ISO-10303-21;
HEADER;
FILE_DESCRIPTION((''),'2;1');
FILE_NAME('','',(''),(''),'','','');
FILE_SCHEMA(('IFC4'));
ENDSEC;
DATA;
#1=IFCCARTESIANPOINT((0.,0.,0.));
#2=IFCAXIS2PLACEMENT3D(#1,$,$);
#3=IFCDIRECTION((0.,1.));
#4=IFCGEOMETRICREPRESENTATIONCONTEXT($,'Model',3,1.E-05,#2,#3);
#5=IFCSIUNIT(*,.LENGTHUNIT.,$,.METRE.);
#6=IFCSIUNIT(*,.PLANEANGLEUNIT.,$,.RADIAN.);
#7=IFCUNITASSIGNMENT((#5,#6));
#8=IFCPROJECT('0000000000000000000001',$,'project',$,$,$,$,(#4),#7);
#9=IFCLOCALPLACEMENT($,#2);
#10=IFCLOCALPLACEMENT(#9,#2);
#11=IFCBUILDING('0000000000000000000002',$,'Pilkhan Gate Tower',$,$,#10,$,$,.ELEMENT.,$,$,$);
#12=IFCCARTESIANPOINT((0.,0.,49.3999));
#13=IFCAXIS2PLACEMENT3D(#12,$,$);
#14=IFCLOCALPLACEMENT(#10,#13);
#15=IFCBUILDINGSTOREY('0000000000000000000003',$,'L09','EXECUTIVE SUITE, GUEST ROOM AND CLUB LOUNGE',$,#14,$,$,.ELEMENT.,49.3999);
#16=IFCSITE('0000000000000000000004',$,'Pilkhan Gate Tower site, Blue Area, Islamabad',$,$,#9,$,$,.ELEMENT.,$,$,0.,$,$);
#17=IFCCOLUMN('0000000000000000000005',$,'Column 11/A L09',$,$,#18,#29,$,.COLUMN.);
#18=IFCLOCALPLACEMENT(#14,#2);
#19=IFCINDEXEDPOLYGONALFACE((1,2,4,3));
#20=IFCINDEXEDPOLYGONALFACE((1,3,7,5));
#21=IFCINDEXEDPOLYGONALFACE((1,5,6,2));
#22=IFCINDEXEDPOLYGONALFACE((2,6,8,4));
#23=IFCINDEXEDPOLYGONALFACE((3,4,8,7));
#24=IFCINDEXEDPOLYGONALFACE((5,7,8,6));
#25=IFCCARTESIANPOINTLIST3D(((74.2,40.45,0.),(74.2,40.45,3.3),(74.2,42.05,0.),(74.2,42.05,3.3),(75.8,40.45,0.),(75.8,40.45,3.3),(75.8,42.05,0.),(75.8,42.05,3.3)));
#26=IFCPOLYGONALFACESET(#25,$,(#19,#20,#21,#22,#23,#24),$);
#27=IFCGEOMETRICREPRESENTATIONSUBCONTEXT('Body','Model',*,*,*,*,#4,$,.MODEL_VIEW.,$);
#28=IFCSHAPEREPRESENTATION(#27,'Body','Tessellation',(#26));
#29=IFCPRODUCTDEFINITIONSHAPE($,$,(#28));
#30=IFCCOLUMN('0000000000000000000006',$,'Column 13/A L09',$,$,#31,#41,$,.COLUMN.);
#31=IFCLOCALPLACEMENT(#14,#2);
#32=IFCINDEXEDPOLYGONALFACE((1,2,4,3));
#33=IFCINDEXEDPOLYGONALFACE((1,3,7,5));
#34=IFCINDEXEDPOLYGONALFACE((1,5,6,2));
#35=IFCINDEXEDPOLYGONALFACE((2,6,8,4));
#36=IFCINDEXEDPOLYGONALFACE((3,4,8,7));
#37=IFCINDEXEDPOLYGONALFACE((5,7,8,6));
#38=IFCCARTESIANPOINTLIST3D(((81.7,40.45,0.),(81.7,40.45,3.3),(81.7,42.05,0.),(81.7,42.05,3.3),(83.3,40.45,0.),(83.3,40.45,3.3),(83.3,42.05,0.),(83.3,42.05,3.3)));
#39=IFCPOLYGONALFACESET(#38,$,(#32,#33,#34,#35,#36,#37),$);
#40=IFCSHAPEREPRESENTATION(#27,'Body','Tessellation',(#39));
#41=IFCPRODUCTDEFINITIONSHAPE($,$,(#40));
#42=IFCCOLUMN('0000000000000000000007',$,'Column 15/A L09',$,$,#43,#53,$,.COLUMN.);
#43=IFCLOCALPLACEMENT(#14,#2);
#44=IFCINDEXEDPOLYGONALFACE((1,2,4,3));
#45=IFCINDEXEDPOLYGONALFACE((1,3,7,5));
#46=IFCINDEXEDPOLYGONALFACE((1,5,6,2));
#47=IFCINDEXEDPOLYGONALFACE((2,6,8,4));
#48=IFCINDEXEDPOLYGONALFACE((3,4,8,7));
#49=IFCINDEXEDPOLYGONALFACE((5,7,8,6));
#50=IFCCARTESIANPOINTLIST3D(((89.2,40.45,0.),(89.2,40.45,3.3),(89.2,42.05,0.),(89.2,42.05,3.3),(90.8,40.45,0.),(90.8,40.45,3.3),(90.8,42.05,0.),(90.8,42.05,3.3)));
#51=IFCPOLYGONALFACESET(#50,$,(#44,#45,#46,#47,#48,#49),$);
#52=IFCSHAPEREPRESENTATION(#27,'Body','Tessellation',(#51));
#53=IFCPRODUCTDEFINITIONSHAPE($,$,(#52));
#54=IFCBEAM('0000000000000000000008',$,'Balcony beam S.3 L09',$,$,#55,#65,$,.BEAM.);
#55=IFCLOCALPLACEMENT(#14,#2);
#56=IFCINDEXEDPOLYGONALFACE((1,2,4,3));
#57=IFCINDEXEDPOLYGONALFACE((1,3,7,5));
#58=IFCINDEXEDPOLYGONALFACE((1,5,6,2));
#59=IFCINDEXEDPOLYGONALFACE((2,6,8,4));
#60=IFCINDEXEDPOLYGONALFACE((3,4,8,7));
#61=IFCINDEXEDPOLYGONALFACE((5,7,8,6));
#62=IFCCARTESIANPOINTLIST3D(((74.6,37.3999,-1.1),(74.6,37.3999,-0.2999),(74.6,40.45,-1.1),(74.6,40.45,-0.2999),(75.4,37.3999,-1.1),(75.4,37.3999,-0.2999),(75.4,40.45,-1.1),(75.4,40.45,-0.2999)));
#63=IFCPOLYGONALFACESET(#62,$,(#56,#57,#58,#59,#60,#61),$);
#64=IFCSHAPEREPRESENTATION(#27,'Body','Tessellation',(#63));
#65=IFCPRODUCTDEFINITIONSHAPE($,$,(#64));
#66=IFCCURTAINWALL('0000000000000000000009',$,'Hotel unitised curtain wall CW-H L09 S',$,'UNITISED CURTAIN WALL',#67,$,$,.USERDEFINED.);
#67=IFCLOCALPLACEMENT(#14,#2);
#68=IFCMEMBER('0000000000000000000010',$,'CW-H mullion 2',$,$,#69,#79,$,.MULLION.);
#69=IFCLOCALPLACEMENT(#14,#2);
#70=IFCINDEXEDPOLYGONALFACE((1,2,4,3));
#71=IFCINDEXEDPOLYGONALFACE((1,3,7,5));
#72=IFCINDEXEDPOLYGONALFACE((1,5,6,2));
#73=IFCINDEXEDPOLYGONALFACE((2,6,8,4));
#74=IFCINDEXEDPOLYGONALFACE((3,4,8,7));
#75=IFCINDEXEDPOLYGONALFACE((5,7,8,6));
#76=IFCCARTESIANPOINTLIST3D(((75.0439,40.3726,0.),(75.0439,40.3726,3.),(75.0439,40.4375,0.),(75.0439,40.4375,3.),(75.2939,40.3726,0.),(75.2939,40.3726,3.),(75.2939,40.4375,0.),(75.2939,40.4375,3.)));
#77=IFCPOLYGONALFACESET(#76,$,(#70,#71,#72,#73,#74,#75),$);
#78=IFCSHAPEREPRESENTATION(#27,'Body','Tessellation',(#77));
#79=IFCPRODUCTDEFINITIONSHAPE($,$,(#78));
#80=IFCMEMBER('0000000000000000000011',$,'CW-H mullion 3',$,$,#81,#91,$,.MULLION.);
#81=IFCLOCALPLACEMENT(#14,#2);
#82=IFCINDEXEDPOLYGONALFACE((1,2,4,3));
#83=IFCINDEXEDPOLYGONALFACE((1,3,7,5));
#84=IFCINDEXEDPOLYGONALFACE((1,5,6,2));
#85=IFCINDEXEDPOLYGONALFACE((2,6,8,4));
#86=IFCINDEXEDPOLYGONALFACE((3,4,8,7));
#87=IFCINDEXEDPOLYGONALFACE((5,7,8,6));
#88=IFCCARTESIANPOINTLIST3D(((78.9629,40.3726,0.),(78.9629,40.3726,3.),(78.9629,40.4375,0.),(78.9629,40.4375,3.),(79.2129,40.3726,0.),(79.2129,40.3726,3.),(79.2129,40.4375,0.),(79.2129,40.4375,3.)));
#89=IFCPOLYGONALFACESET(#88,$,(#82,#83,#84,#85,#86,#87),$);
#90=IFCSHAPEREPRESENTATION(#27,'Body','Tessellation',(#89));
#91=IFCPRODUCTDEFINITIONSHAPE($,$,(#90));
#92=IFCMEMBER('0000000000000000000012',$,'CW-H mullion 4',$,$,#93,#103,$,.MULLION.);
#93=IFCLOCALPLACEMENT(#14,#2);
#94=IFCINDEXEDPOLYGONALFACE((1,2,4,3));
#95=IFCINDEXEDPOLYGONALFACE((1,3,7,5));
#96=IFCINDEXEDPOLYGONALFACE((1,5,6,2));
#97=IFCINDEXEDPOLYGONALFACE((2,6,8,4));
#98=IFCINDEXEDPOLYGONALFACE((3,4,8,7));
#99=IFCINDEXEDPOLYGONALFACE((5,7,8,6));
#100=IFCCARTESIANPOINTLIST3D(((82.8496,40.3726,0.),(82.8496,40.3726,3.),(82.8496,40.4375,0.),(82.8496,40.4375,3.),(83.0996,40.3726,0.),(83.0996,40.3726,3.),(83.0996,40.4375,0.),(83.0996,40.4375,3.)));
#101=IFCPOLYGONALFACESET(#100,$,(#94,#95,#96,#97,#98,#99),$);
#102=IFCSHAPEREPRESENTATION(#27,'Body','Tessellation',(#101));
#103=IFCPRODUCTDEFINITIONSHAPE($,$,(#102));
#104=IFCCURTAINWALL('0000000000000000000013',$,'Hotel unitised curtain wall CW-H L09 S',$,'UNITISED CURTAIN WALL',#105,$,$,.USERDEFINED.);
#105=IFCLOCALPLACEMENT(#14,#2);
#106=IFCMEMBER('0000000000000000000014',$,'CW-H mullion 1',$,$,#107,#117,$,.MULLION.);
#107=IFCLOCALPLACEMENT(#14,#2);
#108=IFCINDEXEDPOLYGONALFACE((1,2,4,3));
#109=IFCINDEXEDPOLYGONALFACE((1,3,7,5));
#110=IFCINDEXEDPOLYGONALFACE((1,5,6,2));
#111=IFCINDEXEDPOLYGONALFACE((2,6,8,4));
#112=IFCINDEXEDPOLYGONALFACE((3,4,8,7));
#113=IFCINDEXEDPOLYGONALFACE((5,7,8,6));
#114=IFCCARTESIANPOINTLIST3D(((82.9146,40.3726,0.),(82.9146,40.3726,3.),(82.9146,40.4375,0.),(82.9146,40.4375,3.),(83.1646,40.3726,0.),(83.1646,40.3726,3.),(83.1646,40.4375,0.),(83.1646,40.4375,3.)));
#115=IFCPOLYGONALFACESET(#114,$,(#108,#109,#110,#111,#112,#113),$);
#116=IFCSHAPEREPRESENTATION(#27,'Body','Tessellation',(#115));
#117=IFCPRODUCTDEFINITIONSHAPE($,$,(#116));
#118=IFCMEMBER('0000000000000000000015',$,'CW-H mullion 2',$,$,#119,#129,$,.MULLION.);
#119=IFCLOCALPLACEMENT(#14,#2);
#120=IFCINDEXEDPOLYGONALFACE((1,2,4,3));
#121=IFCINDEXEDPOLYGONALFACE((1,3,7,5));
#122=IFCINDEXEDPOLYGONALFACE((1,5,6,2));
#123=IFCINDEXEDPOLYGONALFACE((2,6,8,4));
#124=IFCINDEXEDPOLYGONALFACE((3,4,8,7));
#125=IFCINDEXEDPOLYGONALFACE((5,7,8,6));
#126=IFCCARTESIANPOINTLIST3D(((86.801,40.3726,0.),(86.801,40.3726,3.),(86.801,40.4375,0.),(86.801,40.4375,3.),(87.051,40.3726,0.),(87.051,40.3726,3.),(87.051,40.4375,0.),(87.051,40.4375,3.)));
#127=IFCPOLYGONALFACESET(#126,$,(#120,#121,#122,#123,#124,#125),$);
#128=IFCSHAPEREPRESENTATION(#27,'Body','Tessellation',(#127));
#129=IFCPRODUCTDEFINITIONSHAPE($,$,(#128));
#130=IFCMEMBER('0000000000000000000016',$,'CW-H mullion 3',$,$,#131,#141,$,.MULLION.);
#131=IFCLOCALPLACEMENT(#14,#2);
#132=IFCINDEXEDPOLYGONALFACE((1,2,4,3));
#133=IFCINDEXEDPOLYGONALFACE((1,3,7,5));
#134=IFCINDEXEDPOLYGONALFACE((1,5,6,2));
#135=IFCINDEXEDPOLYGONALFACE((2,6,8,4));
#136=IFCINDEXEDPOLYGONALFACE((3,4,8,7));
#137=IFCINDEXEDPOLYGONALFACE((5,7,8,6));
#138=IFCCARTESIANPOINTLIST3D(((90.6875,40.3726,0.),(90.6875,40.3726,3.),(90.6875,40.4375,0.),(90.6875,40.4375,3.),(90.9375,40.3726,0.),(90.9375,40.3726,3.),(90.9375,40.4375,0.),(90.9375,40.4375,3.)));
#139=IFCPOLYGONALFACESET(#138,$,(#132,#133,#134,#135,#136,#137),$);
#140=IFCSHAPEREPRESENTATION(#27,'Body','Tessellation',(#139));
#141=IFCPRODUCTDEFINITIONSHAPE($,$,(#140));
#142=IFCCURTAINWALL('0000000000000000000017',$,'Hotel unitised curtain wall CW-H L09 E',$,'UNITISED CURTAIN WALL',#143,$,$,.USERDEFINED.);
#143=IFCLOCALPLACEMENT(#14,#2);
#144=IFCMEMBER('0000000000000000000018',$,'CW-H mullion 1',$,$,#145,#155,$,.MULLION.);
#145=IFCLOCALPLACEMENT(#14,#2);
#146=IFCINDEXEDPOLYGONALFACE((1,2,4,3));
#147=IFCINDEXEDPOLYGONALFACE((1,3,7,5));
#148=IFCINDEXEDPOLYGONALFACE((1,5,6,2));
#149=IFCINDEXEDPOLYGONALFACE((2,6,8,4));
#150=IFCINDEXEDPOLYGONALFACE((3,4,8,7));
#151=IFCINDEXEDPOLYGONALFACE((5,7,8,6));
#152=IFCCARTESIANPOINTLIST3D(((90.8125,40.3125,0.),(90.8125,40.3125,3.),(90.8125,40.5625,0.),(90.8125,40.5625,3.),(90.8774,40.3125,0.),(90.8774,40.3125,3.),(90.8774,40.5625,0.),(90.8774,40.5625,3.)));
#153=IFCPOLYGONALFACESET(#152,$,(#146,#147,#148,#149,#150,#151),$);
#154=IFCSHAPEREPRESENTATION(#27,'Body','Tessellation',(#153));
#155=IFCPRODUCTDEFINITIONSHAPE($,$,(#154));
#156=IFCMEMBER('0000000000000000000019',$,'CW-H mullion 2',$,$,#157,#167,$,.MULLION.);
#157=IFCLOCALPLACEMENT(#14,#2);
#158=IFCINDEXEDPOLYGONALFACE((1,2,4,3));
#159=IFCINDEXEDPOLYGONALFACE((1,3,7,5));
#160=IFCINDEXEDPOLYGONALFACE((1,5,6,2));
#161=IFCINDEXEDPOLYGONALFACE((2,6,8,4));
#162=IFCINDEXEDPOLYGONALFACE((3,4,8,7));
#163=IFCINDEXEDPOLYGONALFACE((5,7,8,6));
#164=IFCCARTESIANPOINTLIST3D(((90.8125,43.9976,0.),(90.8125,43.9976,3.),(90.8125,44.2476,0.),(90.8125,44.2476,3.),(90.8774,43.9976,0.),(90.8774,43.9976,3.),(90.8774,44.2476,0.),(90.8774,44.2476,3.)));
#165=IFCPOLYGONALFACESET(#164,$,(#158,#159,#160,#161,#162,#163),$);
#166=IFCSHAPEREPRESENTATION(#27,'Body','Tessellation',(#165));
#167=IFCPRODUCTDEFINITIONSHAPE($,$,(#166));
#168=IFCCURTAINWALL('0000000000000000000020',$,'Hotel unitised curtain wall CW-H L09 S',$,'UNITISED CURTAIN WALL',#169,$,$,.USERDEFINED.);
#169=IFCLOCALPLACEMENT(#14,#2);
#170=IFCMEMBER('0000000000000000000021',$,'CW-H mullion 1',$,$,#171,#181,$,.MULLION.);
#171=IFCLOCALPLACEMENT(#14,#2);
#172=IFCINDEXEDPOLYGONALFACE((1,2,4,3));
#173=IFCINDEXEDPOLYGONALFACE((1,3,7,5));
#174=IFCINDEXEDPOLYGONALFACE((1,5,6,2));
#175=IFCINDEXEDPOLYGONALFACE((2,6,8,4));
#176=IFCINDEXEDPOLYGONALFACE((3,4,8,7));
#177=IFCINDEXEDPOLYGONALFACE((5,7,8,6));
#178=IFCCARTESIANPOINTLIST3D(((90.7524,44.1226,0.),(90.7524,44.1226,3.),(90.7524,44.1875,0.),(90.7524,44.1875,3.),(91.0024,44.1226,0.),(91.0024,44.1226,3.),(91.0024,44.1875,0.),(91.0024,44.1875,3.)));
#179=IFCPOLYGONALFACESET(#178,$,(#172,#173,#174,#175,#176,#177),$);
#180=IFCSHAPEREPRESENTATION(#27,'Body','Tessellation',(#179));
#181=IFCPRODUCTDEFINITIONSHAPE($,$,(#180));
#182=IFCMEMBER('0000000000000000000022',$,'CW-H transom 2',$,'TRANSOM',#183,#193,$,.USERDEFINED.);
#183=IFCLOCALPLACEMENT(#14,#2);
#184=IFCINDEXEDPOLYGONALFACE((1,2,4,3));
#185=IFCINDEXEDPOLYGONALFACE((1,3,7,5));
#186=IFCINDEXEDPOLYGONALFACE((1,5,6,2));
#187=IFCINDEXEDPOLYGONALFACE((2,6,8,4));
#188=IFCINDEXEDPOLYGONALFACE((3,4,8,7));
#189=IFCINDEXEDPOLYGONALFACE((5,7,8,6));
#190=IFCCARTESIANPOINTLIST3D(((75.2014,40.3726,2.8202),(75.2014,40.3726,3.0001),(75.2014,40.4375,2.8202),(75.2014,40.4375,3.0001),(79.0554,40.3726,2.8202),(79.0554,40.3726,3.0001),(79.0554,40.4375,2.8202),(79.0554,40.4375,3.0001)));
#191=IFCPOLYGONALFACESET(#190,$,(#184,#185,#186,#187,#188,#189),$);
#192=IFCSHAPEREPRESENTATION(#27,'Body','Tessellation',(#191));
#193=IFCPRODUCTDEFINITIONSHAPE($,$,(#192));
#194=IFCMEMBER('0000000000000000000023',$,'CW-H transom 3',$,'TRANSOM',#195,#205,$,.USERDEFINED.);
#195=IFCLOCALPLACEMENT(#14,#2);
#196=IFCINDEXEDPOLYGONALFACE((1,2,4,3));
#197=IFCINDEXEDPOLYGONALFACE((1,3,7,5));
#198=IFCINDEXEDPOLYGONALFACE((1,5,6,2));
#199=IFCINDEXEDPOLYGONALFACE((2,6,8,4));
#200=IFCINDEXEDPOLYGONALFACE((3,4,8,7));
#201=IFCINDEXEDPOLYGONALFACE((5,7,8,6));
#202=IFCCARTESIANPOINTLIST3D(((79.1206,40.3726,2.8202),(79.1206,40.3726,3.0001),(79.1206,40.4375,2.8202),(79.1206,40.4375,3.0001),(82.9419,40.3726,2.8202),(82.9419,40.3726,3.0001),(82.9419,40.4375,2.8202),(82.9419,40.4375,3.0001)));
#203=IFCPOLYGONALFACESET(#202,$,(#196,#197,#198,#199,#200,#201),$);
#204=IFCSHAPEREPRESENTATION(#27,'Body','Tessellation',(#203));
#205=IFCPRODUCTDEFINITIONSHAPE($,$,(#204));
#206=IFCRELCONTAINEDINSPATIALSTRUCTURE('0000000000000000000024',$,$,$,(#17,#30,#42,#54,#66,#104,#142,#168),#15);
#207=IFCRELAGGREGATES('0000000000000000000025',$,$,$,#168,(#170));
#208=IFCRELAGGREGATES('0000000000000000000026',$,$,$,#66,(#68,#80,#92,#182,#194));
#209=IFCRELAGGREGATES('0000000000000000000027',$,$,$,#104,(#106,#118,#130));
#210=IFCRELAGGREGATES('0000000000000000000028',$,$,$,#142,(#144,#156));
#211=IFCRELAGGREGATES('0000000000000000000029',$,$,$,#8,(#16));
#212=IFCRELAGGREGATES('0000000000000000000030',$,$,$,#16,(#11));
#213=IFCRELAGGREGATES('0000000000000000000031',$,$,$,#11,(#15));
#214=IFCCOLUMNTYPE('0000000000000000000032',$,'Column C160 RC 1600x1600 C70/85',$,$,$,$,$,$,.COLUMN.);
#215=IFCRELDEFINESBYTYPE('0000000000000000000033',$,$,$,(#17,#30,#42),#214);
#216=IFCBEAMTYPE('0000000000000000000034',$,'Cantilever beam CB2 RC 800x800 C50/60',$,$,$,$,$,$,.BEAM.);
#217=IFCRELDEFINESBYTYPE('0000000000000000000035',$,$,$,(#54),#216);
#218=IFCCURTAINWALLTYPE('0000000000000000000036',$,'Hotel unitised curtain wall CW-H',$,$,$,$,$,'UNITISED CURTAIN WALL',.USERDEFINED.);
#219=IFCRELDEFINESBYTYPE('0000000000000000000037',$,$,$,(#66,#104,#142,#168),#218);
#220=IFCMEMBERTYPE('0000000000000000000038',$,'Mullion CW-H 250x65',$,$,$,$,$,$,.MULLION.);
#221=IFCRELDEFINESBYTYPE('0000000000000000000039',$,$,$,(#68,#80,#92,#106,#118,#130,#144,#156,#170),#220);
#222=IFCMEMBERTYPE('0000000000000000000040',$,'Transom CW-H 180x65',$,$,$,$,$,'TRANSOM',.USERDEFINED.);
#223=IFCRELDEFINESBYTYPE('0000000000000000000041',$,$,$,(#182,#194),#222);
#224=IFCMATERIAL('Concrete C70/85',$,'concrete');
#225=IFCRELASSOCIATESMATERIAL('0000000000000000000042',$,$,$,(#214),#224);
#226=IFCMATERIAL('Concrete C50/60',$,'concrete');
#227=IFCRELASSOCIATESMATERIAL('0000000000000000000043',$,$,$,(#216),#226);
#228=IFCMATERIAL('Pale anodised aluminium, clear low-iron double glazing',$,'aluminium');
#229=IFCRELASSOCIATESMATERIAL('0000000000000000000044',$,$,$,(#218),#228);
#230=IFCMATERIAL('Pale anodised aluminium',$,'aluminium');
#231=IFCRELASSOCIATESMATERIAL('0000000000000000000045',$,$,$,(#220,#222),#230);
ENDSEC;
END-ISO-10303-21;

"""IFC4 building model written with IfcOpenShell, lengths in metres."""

from ifc_helpers import new_model, si_unit, direction, frame, origin, origin_2d, place, context, subcontext, project, spatial, rectangle, extrude, material, material_profile, profile_set, type_object, element, aggregate, save


model = new_model("IFC4")

# Units and contexts
model_context = context("Model", 3, precision=1e-05, world=origin(), true_north=direction((0.0, 1.0)))
body_context = subcontext(model_context, "Body", "Model", "MODEL_VIEW")
ifc_project = project(units=[si_unit("LENGTHUNIT", "METRE"), si_unit("PLANEANGLEUNIT", "RADIAN")], contexts=[model_context])

# Site, building, storey
site_placement = place(None, origin())
site = spatial("IfcSite", under=ifc_project, at=site_placement, Name="Pilkhan Gate Tower site, Blue Area, Islamabad", CompositionType="ELEMENT", RefElevation=0.0)
building_placement = place(site_placement, origin())
building = spatial("IfcBuilding", under=site, at=building_placement, Name="Pilkhan Gate Tower", CompositionType="ELEMENT")
storey_placement = place(building_placement, frame((0.0, 0.0, 49.3999)))
storey = spatial("IfcBuildingStorey", under=building, at=storey_placement, Name="L09", Description="EXECUTIVE SUITE, GUEST ROOM AND CLUB LOUNGE", CompositionType="ELEMENT", Elevation=49.3999)

# Columns
ifc_material_1 = material(Name="Concrete C70/85", Category="concrete")
ifc_material_profile_1 = material_profile(ifc_material_1, rectangle(XDim=1.6001, YDim=1.6001, at=origin_2d()), Name="RC 1600x1600")
ifc_profile_set_1 = profile_set([ifc_material_profile_1], Name="Concrete C70/85")
column_type = type_object("IfcColumnType", Name="Column C160 RC 1600x1600 C70/85", PredefinedType="COLUMN", material=ifc_profile_set_1)
for number, where, z_axis, x_axis, name in (
    (1, (75.0, 41.25, 0.0), (0.0, 0.0, 1.0), (1.0, 0.0, 0.0), "Column 11/A L09"),
    (2, (82.5, 41.25, 0.0), (0.0, 0.0, 1.0), (1.0, 0.0, 0.0), "Column 13/A L09"),
    (3, (90.0, 41.25, 0.0), (0.0, 0.0, 1.0), (1.0, 0.0, 0.0), "Column 15/A L09"),
):
    element("IfcColumn", number, at=place(storey_placement, frame(where, z_axis=z_axis, x_axis=x_axis)), inside=storey, type_object=column_type, Name=name, PredefinedType="COLUMN", context=body_context, shape_type="SweptSolid", body=[
        extrude(rectangle(XDim=1.6001, YDim=1.6001, at=origin_2d()), origin(), (0.0, 0.0, 1.0), 3.3),
    ])

# Beam
ifc_material_2 = material(Name="Concrete C50/60", Category="concrete")
ifc_material_profile_2 = material_profile(ifc_material_2, rectangle(XDim=0.8, YDim=0.8, at=origin_2d()), Name="RC 800x800")
ifc_profile_set_2 = profile_set([ifc_material_profile_2], Name="Concrete C50/60")
beam_type = type_object("IfcBeamType", Name="Cantilever beam CB2 RC 800x800 C50/60", PredefinedType="BEAM", material=ifc_profile_set_2)
beam_placement = place(storey_placement, frame((75.0, 40.45, -0.7), z_axis=(0.0, -1.0, 0.0), x_axis=(1.0, 0.0, 0.0)))
element("IfcBeam", 4, at=beam_placement, inside=storey, type_object=beam_type, Name="Balcony beam S.3 L09", PredefinedType="BEAM", context=body_context, shape_type="SweptSolid", body=[
    extrude(rectangle(XDim=0.8, YDim=0.8, at=origin_2d()), origin(), (0.0, 0.0, 1.0), 3.05),
])

# Curtain walls, members
ifc_material_3 = material(Name="Pale anodised aluminium, clear low-iron double glazing", Category="aluminium")
curtain_wall_type = type_object("IfcCurtainWallType", Name="Hotel unitised curtain wall CW-H", ElementType="UNITISED CURTAIN WALL", PredefinedType="USERDEFINED", material=ifc_material_3)
curtain_wall_1_placement = place(storey_placement, origin())
curtain_wall_1 = element("IfcCurtainWall", 5, at=curtain_wall_1_placement, inside=storey, type_object=curtain_wall_type, Name="Hotel unitised curtain wall CW-H L09 S", ObjectType="UNITISED CURTAIN WALL", PredefinedType="USERDEFINED")
ifc_material_4 = material(Name="Pale anodised aluminium", Category="aluminium")
ifc_material_profile_3 = material_profile(ifc_material_4, rectangle(XDim=0.0649, YDim=0.25, at=origin_2d()), Name="Mullion 250x65")
ifc_profile_set_3 = profile_set([ifc_material_profile_3], Name="Pale anodised aluminium")
member_type_1 = type_object("IfcMemberType", Name="Mullion CW-H 250x65", PredefinedType="MULLION", material=ifc_profile_set_3)
member_1_placement = place(storey_placement, frame((75.1689, 40.405, 0.0), z_axis=(0.0, 0.0, 1.0), x_axis=(0.0, 1.0, 0.0)))
member_1 = element("IfcMember", 6, at=member_1_placement, type_object=member_type_1, Name="CW-H mullion 2", PredefinedType="MULLION", context=body_context, shape_type="SweptSolid", body=[
    extrude(rectangle(XDim=0.0649, YDim=0.25, at=origin_2d()), origin(), (0.0, 0.0, 1.0), 3.0),
])
member_2_placement = place(storey_placement, frame((79.0879, 40.405, 0.0), z_axis=(0.0, 0.0, 1.0), x_axis=(0.0, 1.0, 0.0)))
member_2 = element("IfcMember", 7, at=member_2_placement, type_object=member_type_1, Name="CW-H mullion 3", PredefinedType="MULLION", context=body_context, shape_type="SweptSolid", body=[
    extrude(rectangle(XDim=0.0649, YDim=0.25, at=origin_2d()), origin(), (0.0, 0.0, 1.0), 3.0),
])
member_3_placement = place(storey_placement, frame((82.9746, 40.405, 0.0), z_axis=(0.0, 0.0, 1.0), x_axis=(0.0, 1.0, 0.0)))
member_3 = element("IfcMember", 8, at=member_3_placement, type_object=member_type_1, Name="CW-H mullion 4", PredefinedType="MULLION", context=body_context, shape_type="SweptSolid", body=[
    extrude(rectangle(XDim=0.0649, YDim=0.25, at=origin_2d()), origin(), (0.0, 0.0, 1.0), 3.0),
])
curtain_wall_2_placement = place(storey_placement, origin())
curtain_wall_2 = element("IfcCurtainWall", 9, at=curtain_wall_2_placement, inside=storey, type_object=curtain_wall_type, Name="Hotel unitised curtain wall CW-H L09 S", ObjectType="UNITISED CURTAIN WALL", PredefinedType="USERDEFINED")
member_4_placement = place(storey_placement, frame((83.0396, 40.405, 0.0), z_axis=(0.0, 0.0, 1.0), x_axis=(0.0, 1.0, 0.0)))
member_4 = element("IfcMember", 10, at=member_4_placement, type_object=member_type_1, Name="CW-H mullion 1", PredefinedType="MULLION", context=body_context, shape_type="SweptSolid", body=[
    extrude(rectangle(XDim=0.0649, YDim=0.25, at=origin_2d()), origin(), (0.0, 0.0, 1.0), 3.0),
])
member_5_placement = place(storey_placement, frame((86.926, 40.405, 0.0), z_axis=(0.0, 0.0, 1.0), x_axis=(0.0, 1.0, 0.0)))
member_5 = element("IfcMember", 11, at=member_5_placement, type_object=member_type_1, Name="CW-H mullion 2", PredefinedType="MULLION", context=body_context, shape_type="SweptSolid", body=[
    extrude(rectangle(XDim=0.0649, YDim=0.25, at=origin_2d()), origin(), (0.0, 0.0, 1.0), 3.0),
])
member_6_placement = place(storey_placement, frame((90.8125, 40.405, 0.0), z_axis=(0.0, 0.0, 1.0), x_axis=(0.0, 1.0, 0.0)))
member_6 = element("IfcMember", 12, at=member_6_placement, type_object=member_type_1, Name="CW-H mullion 3", PredefinedType="MULLION", context=body_context, shape_type="SweptSolid", body=[
    extrude(rectangle(XDim=0.0649, YDim=0.25, at=origin_2d()), origin(), (0.0, 0.0, 1.0), 3.0),
])
curtain_wall_3_placement = place(storey_placement, origin())
curtain_wall_3 = element("IfcCurtainWall", 13, at=curtain_wall_3_placement, inside=storey, type_object=curtain_wall_type, Name="Hotel unitised curtain wall CW-H L09 E", ObjectType="UNITISED CURTAIN WALL", PredefinedType="USERDEFINED")
member_7_placement = place(storey_placement, frame((90.845, 40.4375, 0.0), z_axis=(0.0, 0.0, 1.0), x_axis=(-1.0, 0.0, 0.0)))
member_7 = element("IfcMember", 14, at=member_7_placement, type_object=member_type_1, Name="CW-H mullion 1", PredefinedType="MULLION", context=body_context, shape_type="SweptSolid", body=[
    extrude(rectangle(XDim=0.0649, YDim=0.25, at=origin_2d()), origin(), (0.0, 0.0, 1.0), 3.0),
])
member_8_placement = place(storey_placement, frame((90.845, 44.1226, 0.0), z_axis=(0.0, 0.0, 1.0), x_axis=(-1.0, 0.0, 0.0)))
member_8 = element("IfcMember", 15, at=member_8_placement, type_object=member_type_1, Name="CW-H mullion 2", PredefinedType="MULLION", context=body_context, shape_type="SweptSolid", body=[
    extrude(rectangle(XDim=0.0649, YDim=0.25, at=origin_2d()), origin(), (0.0, 0.0, 1.0), 3.0),
])

# Curtain wall, member
curtain_wall_4_placement = place(storey_placement, origin())
curtain_wall_4 = element("IfcCurtainWall", 16, at=curtain_wall_4_placement, inside=storey, type_object=curtain_wall_type, Name="Hotel unitised curtain wall CW-H L09 S", ObjectType="UNITISED CURTAIN WALL", PredefinedType="USERDEFINED")
member_9_placement = place(storey_placement, frame((90.8774, 44.155, 0.0), z_axis=(0.0, 0.0, 1.0), x_axis=(0.0, 1.0, 0.0)))
member_9 = element("IfcMember", 17, at=member_9_placement, type_object=member_type_1, Name="CW-H mullion 1", PredefinedType="MULLION", context=body_context, shape_type="SweptSolid", body=[
    extrude(rectangle(XDim=0.0649, YDim=0.25, at=origin_2d()), origin(), (0.0, 0.0, 1.0), 3.0),
])
aggregate(curtain_wall_4, [member_9])

# Members
ifc_material_profile_4 = material_profile(ifc_material_4, rectangle(XDim=0.0649, YDim=0.1799, at=origin_2d()), Name="Transom 180x65")
ifc_profile_set_4 = profile_set([ifc_material_profile_4], Name="Pale anodised aluminium")
member_type_2 = type_object("IfcMemberType", Name="Transom CW-H 180x65", ElementType="TRANSOM", PredefinedType="USERDEFINED", material=ifc_profile_set_4)
member_10_placement = place(storey_placement, frame((75.2014, 40.405, 2.9102), z_axis=(1.0, 0.0, 0.0), x_axis=(0.0, 1.0, 0.0)))
member_10 = element("IfcMember", 18, at=member_10_placement, type_object=member_type_2, Name="CW-H transom 2", ObjectType="TRANSOM", PredefinedType="USERDEFINED", context=body_context, shape_type="SweptSolid", body=[
    extrude(rectangle(XDim=0.0649, YDim=0.1799, at=origin_2d()), origin(), (0.0, 0.0, 1.0), 3.854),
])
member_11_placement = place(storey_placement, frame((79.1206, 40.405, 2.9102), z_axis=(1.0, 0.0, 0.0), x_axis=(0.0, 1.0, 0.0)))
member_11 = element("IfcMember", 19, at=member_11_placement, type_object=member_type_2, Name="CW-H transom 3", ObjectType="TRANSOM", PredefinedType="USERDEFINED", context=body_context, shape_type="SweptSolid", body=[
    extrude(rectangle(XDim=0.0649, YDim=0.1799, at=origin_2d()), origin(), (0.0, 0.0, 1.0), 3.8213),
])

aggregate(curtain_wall_1, [member_1, member_2, member_3, member_10, member_11])
aggregate(curtain_wall_2, [member_4, member_5, member_6])
aggregate(curtain_wall_3, [member_7, member_8])

save(model, "model.ifc")
